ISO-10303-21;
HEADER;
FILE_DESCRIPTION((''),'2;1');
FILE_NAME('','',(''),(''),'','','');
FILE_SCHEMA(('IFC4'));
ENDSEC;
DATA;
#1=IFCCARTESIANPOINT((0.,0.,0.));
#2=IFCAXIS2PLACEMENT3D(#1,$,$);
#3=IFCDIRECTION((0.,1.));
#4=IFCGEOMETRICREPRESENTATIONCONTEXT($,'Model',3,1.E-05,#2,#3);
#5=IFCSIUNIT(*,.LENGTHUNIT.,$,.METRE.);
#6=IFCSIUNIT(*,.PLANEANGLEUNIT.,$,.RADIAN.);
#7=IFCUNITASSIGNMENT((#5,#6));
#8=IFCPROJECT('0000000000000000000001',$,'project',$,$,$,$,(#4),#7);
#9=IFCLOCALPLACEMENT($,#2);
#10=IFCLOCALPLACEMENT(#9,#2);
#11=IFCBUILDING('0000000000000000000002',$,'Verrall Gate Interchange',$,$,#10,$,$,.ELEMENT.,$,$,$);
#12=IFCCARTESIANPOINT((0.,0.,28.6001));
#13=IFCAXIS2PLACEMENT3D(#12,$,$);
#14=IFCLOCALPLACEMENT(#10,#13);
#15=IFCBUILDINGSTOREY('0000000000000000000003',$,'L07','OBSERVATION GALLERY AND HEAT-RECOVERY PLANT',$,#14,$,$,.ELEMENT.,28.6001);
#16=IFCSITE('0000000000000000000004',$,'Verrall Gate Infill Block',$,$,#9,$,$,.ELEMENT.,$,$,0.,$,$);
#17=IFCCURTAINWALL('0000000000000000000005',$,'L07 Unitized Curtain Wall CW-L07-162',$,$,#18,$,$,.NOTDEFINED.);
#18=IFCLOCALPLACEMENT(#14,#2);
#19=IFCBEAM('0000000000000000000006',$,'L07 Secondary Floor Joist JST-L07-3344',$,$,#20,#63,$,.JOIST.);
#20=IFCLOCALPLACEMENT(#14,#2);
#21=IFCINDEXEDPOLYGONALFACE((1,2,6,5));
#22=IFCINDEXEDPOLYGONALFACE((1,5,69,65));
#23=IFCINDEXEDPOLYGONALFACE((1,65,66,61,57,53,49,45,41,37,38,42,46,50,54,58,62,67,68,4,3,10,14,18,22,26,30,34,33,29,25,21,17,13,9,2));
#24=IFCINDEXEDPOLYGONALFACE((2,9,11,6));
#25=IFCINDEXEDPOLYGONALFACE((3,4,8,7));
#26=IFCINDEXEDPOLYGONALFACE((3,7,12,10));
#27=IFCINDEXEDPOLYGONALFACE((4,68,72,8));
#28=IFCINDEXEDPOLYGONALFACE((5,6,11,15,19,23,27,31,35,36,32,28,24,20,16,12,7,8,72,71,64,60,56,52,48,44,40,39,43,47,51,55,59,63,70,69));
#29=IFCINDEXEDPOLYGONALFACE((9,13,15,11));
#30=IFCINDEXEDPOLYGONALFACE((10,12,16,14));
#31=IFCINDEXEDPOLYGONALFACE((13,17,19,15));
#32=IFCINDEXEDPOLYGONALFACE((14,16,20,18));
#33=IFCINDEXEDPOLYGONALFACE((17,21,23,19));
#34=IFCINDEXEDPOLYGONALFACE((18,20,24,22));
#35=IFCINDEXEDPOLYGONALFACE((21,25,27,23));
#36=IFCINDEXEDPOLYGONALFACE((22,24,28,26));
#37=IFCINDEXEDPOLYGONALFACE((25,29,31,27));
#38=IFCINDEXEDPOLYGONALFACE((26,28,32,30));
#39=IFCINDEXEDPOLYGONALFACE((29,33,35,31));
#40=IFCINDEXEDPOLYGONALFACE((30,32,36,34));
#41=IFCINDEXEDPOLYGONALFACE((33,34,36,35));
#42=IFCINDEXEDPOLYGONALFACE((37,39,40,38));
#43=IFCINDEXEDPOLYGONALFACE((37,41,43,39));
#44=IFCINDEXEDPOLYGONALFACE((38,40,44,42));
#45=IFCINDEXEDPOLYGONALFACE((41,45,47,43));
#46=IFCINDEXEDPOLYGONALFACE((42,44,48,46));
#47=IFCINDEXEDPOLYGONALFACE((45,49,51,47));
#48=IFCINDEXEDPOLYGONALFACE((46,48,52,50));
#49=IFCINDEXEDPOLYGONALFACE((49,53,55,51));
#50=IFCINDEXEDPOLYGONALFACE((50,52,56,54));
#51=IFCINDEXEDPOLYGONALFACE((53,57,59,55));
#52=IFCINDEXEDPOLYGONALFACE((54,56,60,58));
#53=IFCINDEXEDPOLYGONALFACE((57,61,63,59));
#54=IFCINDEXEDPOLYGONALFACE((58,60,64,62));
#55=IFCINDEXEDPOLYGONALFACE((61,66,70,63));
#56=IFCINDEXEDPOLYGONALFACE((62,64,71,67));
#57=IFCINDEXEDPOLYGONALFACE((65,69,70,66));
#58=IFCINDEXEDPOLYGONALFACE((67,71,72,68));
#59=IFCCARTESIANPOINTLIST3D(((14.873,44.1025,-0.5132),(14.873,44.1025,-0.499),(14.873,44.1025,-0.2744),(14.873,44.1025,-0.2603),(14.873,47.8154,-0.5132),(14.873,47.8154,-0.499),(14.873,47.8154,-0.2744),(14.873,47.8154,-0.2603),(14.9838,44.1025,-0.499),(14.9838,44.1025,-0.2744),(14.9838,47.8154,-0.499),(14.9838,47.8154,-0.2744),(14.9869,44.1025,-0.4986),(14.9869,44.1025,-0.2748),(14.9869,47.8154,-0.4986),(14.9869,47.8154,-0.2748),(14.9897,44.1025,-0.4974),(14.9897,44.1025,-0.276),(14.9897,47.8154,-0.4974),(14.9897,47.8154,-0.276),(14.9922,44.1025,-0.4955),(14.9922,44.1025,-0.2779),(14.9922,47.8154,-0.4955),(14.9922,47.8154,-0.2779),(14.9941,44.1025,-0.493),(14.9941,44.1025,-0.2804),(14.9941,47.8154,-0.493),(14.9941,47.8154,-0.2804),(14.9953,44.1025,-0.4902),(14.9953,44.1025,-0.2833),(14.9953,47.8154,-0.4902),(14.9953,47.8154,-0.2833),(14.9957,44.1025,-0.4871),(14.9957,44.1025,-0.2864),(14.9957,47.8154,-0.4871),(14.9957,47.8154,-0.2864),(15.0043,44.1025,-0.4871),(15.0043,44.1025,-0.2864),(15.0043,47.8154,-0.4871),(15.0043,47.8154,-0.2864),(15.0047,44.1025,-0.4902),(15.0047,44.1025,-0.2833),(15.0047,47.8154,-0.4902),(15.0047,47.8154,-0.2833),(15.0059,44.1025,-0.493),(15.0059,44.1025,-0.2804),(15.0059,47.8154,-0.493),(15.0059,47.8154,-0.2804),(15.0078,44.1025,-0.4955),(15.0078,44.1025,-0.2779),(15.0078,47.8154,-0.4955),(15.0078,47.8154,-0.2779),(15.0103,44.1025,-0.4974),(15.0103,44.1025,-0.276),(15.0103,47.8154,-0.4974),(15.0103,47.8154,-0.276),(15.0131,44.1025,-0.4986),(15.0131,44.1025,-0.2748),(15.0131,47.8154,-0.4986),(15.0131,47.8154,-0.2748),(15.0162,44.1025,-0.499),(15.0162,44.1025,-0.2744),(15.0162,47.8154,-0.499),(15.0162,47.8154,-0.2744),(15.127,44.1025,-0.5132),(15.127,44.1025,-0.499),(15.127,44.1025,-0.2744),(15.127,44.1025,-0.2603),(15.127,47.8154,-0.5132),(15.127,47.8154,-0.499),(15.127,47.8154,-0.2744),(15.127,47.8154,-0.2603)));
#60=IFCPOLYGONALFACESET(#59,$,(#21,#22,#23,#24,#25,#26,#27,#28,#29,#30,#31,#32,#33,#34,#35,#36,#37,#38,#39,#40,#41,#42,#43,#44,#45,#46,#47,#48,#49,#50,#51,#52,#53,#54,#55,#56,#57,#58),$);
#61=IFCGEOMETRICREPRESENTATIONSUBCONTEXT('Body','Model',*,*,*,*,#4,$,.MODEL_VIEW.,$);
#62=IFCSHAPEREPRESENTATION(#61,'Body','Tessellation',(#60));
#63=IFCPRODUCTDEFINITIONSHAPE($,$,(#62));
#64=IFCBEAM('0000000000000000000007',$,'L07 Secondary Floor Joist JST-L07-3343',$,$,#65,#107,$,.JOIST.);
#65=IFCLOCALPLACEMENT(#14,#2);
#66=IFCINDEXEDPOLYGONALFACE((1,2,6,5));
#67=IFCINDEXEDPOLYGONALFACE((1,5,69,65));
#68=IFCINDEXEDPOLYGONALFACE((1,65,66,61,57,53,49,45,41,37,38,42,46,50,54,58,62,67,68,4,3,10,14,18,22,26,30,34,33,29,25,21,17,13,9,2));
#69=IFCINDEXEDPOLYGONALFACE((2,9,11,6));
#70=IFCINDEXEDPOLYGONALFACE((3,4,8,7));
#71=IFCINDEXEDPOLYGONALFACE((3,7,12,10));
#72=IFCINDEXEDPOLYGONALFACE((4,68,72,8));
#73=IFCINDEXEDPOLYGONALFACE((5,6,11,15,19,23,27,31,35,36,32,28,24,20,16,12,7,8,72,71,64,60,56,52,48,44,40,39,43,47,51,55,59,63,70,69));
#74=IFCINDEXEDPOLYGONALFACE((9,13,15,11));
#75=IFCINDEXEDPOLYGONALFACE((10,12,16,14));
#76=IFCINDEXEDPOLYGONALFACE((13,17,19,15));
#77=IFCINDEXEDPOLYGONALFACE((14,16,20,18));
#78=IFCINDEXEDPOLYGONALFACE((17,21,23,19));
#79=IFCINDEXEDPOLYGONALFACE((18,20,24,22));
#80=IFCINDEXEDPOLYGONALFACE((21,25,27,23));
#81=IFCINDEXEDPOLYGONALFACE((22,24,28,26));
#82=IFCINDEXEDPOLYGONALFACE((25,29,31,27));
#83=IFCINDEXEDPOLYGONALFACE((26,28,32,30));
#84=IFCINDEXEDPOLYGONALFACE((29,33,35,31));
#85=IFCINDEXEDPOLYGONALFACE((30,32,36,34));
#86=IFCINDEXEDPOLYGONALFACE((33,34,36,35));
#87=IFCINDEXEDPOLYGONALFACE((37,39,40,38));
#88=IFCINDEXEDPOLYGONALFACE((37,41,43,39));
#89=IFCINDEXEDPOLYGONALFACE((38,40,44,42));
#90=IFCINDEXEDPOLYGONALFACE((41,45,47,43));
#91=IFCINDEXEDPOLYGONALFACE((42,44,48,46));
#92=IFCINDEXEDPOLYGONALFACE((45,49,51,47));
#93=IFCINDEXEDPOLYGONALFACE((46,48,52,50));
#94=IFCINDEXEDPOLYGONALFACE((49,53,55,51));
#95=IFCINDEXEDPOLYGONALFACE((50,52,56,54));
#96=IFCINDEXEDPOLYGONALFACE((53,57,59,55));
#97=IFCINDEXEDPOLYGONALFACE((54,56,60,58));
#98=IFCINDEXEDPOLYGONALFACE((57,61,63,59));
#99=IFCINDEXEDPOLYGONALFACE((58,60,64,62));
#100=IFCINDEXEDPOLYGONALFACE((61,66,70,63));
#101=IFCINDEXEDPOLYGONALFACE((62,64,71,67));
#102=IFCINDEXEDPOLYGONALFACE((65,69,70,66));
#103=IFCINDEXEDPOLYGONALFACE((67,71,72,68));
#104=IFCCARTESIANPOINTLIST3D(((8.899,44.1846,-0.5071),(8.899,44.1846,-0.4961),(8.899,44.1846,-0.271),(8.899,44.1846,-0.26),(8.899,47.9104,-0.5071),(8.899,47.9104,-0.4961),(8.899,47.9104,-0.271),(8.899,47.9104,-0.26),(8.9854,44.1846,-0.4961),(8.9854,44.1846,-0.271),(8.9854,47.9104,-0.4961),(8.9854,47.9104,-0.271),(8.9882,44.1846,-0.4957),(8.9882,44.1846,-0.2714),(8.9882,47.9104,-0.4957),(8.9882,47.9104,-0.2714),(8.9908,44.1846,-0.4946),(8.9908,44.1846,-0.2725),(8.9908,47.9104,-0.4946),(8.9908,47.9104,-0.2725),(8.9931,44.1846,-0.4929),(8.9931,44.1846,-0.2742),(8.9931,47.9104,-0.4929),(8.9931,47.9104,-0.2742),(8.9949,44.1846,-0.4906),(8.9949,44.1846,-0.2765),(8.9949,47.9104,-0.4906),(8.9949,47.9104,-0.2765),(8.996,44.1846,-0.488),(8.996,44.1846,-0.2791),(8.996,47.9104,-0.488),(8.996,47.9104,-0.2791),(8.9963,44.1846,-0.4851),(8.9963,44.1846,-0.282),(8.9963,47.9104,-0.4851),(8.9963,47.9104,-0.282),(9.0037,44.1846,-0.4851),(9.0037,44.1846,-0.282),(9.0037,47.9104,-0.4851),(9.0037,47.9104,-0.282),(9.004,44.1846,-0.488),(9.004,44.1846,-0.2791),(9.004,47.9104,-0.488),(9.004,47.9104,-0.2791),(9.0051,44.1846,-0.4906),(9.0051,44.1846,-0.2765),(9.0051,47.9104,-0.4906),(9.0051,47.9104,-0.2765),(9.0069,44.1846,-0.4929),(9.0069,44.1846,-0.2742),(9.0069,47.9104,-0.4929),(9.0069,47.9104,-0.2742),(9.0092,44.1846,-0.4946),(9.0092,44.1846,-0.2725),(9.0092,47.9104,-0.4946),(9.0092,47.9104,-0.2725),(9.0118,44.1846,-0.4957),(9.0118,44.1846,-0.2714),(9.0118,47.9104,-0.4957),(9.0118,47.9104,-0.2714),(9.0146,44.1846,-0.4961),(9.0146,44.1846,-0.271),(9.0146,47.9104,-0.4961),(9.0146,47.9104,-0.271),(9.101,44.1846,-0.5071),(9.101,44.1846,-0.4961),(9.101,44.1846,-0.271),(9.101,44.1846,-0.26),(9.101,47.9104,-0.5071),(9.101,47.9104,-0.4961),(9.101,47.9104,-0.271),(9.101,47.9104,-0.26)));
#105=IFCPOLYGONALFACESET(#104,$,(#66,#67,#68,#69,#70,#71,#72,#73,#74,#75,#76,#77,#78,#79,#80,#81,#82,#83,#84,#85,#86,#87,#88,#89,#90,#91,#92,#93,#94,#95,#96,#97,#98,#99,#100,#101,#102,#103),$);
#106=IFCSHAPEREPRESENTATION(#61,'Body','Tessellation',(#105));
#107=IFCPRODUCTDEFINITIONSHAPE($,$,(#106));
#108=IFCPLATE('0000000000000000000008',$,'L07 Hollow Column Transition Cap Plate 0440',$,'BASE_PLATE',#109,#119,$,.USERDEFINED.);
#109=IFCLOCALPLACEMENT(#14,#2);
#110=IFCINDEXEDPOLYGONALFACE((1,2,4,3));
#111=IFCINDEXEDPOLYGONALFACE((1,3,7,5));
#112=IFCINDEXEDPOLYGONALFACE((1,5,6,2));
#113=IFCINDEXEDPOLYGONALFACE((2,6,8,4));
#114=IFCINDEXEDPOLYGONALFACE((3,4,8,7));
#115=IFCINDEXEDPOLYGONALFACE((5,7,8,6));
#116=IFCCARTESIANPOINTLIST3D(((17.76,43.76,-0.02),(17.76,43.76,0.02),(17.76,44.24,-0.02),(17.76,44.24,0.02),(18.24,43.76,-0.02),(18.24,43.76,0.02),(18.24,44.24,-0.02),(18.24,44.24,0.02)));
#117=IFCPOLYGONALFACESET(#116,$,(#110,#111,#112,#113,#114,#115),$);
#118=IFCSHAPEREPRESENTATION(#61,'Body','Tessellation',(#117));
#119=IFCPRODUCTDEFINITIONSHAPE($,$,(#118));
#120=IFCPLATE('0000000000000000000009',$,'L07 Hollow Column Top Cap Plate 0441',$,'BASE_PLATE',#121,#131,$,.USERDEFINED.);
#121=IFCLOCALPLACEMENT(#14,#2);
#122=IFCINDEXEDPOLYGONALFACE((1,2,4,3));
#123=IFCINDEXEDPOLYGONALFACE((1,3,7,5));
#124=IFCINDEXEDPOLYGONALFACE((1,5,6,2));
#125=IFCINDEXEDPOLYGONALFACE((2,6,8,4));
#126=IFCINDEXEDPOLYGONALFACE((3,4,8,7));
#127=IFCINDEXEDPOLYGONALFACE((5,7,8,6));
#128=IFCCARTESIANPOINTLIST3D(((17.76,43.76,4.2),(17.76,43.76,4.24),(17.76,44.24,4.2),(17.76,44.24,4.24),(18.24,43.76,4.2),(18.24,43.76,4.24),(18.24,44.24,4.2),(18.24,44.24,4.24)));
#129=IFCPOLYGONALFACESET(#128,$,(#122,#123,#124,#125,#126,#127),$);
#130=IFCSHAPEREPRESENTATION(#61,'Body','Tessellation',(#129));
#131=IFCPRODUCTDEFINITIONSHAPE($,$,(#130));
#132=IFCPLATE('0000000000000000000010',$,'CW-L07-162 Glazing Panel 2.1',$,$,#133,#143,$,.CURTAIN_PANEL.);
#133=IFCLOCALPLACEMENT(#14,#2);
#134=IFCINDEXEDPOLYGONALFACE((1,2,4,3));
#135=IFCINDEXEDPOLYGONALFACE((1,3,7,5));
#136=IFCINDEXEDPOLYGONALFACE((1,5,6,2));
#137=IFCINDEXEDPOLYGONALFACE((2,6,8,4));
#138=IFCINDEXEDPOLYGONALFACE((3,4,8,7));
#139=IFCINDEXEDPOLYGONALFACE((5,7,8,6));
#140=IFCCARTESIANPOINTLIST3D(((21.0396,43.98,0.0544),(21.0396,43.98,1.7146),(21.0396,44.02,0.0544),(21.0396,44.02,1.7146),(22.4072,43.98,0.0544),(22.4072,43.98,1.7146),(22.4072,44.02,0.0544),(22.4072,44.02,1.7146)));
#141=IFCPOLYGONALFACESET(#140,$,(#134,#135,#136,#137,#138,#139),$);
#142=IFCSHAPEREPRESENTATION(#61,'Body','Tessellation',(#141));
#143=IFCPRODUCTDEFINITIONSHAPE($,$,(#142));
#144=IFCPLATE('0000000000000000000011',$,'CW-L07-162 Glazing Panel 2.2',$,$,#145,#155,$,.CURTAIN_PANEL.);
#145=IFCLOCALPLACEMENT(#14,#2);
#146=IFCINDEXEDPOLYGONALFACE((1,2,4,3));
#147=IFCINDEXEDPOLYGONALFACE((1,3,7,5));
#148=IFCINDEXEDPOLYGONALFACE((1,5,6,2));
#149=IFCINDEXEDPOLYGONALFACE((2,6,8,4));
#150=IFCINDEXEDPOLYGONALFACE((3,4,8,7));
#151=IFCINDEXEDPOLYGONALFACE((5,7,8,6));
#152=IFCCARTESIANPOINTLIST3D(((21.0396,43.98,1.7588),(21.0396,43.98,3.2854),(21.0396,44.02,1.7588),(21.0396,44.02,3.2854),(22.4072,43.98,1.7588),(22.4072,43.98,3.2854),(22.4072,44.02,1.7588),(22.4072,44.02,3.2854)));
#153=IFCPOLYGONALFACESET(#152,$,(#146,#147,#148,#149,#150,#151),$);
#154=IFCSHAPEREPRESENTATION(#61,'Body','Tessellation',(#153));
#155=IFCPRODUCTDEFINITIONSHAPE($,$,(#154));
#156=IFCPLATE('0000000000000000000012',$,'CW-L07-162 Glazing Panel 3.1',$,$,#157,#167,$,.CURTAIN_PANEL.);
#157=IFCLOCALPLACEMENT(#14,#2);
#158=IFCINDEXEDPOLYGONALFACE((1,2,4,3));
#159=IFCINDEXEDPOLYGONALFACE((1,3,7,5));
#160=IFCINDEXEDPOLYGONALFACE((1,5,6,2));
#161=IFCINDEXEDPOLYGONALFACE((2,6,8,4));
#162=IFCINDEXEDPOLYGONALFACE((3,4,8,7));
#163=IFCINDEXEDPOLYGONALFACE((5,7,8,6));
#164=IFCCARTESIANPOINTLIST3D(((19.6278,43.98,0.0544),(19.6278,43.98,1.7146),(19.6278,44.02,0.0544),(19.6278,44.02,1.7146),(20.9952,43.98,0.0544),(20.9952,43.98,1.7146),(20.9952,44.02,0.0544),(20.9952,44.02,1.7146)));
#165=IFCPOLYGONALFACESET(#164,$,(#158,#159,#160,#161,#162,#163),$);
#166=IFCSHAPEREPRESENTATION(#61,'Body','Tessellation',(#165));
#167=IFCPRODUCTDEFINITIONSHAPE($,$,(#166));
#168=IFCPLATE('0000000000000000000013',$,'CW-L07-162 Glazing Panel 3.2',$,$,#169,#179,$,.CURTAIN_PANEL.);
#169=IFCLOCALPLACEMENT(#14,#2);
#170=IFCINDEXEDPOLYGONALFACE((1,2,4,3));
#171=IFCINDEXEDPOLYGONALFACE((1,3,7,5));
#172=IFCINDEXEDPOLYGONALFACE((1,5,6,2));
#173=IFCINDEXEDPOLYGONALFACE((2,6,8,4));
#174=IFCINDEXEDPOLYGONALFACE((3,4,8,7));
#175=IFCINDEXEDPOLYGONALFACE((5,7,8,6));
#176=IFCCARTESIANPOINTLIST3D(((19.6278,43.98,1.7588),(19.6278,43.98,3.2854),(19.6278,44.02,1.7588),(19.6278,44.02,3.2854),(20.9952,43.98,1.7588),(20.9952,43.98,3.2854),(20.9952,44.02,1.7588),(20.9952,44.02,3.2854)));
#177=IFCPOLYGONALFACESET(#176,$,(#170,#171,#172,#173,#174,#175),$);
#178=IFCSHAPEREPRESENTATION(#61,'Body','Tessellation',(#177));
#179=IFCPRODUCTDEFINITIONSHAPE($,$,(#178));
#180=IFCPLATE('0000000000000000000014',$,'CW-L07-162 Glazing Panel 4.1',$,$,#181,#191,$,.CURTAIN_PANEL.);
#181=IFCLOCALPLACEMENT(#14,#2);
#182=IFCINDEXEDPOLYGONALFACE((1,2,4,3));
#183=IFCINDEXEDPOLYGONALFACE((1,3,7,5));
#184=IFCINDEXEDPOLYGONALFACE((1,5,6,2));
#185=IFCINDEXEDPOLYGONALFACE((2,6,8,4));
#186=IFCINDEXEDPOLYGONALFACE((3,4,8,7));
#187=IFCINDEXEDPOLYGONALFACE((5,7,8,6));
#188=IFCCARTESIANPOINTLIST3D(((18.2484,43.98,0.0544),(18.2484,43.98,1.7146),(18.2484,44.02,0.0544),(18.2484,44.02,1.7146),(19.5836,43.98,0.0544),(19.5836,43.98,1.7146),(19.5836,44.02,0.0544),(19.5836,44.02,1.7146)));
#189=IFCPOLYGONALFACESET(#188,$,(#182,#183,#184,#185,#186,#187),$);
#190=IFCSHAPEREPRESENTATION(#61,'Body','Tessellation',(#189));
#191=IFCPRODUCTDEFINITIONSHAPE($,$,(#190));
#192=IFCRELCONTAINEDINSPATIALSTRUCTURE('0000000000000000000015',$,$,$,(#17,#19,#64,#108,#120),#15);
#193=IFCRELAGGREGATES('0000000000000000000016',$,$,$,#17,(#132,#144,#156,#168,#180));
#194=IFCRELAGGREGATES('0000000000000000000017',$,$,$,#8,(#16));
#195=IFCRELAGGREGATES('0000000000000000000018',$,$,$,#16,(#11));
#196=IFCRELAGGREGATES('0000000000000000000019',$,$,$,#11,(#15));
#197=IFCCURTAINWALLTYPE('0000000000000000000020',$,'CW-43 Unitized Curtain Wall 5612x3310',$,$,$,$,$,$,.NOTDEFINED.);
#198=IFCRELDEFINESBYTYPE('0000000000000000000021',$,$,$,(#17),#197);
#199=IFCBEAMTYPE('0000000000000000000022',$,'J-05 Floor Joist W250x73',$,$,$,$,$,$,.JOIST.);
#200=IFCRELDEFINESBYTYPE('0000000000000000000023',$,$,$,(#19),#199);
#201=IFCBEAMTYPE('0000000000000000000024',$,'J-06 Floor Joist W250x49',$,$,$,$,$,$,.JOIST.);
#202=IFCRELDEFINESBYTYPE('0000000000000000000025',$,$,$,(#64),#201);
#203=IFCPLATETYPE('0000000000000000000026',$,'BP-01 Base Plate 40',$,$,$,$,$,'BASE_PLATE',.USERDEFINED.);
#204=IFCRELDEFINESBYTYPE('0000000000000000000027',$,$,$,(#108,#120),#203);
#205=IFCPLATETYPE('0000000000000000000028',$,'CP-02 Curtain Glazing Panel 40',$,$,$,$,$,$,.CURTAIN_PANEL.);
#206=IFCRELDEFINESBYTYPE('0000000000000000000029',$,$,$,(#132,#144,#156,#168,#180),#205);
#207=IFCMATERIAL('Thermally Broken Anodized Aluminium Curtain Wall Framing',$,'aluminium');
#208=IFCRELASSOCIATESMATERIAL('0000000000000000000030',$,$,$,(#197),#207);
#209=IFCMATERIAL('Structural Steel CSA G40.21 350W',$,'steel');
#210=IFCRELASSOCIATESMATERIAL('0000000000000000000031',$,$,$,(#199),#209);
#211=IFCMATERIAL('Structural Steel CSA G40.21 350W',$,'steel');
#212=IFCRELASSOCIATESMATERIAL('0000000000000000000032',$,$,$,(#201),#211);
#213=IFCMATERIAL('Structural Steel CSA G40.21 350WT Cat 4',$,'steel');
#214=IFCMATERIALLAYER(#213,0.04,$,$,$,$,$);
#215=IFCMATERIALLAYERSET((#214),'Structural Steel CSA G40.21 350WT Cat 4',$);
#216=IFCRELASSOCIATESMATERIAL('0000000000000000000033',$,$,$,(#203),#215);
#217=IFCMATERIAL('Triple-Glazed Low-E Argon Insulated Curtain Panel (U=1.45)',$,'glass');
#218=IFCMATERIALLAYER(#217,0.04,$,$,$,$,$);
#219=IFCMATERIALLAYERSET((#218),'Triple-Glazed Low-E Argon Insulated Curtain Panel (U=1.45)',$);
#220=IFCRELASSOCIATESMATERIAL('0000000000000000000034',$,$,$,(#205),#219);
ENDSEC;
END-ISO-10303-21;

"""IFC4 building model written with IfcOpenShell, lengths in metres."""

from ifc_helpers import new_model, si_unit, direction, frame, origin, origin_2d, place, context, subcontext, project, spatial, rectangle, i_section, extrude, material, layer, layer_set, material_profile, profile_set, type_object, element, aggregate, save


model = new_model("IFC4")

# Units and contexts
model_context = context("Model", 3, precision=1e-05, world=origin(), true_north=direction((0.0, 1.0)))
body_context = subcontext(model_context, "Body", "Model", "MODEL_VIEW")
ifc_project = project(units=[si_unit("LENGTHUNIT", "METRE"), si_unit("PLANEANGLEUNIT", "RADIAN")], contexts=[model_context])

# Site, building, storey
site_placement = place(None, origin())
site = spatial("IfcSite", under=ifc_project, at=site_placement, Name="Verrall Gate Infill Block", CompositionType="ELEMENT", RefElevation=0.0)
building_placement = place(site_placement, origin())
building = spatial("IfcBuilding", under=site, at=building_placement, Name="Verrall Gate Interchange", CompositionType="ELEMENT")
storey_placement = place(building_placement, frame((0.0, 0.0, 28.6001)))
storey = spatial("IfcBuildingStorey", under=building, at=storey_placement, Name="L07", Description="OBSERVATION GALLERY AND HEAT-RECOVERY PLANT", CompositionType="ELEMENT", Elevation=28.6001)

# Curtain wall
ifc_material_1 = material(Name="Thermally Broken Anodized Aluminium Curtain Wall Framing", Category="aluminium")
curtain_wall_type = type_object("IfcCurtainWallType", Name="CW-43 Unitized Curtain Wall 5612x3310", PredefinedType="NOTDEFINED", material=ifc_material_1)
curtain_wall_placement = place(storey_placement, origin())
curtain_wall = element("IfcCurtainWall", 1, at=curtain_wall_placement, inside=storey, type_object=curtain_wall_type, Name="L07 Unitized Curtain Wall CW-L07-162", PredefinedType="NOTDEFINED")

# Beams
ifc_material_2 = material(Name="Structural Steel CSA G40.21 350W", Category="steel")
ifc_material_profile_1 = material_profile(ifc_material_2, i_section(OverallWidth=0.2539, OverallDepth=0.2529, WebThickness=0.0085, FlangeThickness=0.0142, FilletRadius=0.012, at=origin_2d()), Name="W250x73")
ifc_profile_set_1 = profile_set([ifc_material_profile_1], Name="Structural Steel CSA G40.21 350W")
beam_type_1 = type_object("IfcBeamType", Name="J-05 Floor Joist W250x73", PredefinedType="JOIST", material=ifc_profile_set_1)
beam_1_placement = place(storey_placement, frame((15.0, 44.1025, -0.3867), z_axis=(0.0, 1.0, 0.0), x_axis=(-1.0, 0.0, 0.0)))
element("IfcBeam", 2, at=beam_1_placement, inside=storey, type_object=beam_type_1, Name="L07 Secondary Floor Joist JST-L07-3344", PredefinedType="JOIST", context=body_context, shape_type="SweptSolid", body=[
    extrude(i_section(OverallWidth=0.2539, OverallDepth=0.2529, WebThickness=0.0085, FlangeThickness=0.0142, FilletRadius=0.012, at=origin_2d()), origin(), (0.0, 0.0, 1.0), 3.7129),
])
ifc_material_3 = material(Name="Structural Steel CSA G40.21 350W", Category="steel")
ifc_material_profile_2 = material_profile(ifc_material_3, i_section(OverallWidth=0.2019, OverallDepth=0.2471, WebThickness=0.0073, FlangeThickness=0.011, FilletRadius=0.011, at=origin_2d()), Name="W250x49")
ifc_profile_set_2 = profile_set([ifc_material_profile_2], Name="Structural Steel CSA G40.21 350W")
beam_type_2 = type_object("IfcBeamType", Name="J-06 Floor Joist W250x49", PredefinedType="JOIST", material=ifc_profile_set_2)
beam_2_placement = place(storey_placement, frame((9.0, 44.1846, -0.3835), z_axis=(0.0, 1.0, 0.0), x_axis=(-1.0, 0.0, 0.0)))
element("IfcBeam", 3, at=beam_2_placement, inside=storey, type_object=beam_type_2, Name="L07 Secondary Floor Joist JST-L07-3343", PredefinedType="JOIST", context=body_context, shape_type="SweptSolid", body=[
    extrude(i_section(OverallWidth=0.2019, OverallDepth=0.2471, WebThickness=0.0073, FlangeThickness=0.011, FilletRadius=0.011, at=origin_2d()), origin(), (0.0, 0.0, 1.0), 3.7258),
])

# Plates
ifc_material_4 = material(Name="Structural Steel CSA G40.21 350WT Cat 4", Category="steel")
ifc_layer_1 = layer(ifc_material_4, 0.04)
ifc_layer_set_1 = layer_set([ifc_layer_1], Name="Structural Steel CSA G40.21 350WT Cat 4")
plate_type_1 = type_object("IfcPlateType", Name="BP-01 Base Plate 40", ElementType="BASE_PLATE", PredefinedType="USERDEFINED", material=ifc_layer_set_1)
for number, where, z_axis, x_axis, name in (
    (4, (18.0, 44.0, -0.02), (0.0, 0.0, 1.0), (1.0, 0.0, 0.0), "L07 Hollow Column Transition Cap Plate 0440"),
    (5, (18.0, 44.0, 4.2), (0.0, 0.0, 1.0), (1.0, 0.0, 0.0), "L07 Hollow Column Top Cap Plate 0441"),
):
    element("IfcPlate", number, at=place(storey_placement, frame(where, z_axis=z_axis, x_axis=x_axis)), inside=storey, type_object=plate_type_1, Name=name, ObjectType="BASE_PLATE", PredefinedType="USERDEFINED", context=body_context, shape_type="SweptSolid", body=[
        extrude(rectangle(XDim=0.48, YDim=0.48, at=origin_2d()), origin(), (0.0, 0.0, 1.0), 0.04),
    ])

# Plates
ifc_material_5 = material(Name="Triple-Glazed Low-E Argon Insulated Curtain Panel (U=1.45)", Category="glass")
ifc_layer_2 = layer(ifc_material_5, 0.04)
ifc_layer_set_2 = layer_set([ifc_layer_2], Name="Triple-Glazed Low-E Argon Insulated Curtain Panel (U=1.45)")
plate_type_2 = type_object("IfcPlateType", Name="CP-02 Curtain Glazing Panel 40", PredefinedType="CURTAIN_PANEL", material=ifc_layer_set_2)
plate_1_placement = place(storey_placement, frame((21.7234, 44.0, 0.0544), z_axis=(0.0, 0.0, 1.0), x_axis=(-1.0, 0.0, 0.0)))
plate_1 = element("IfcPlate", 6, at=plate_1_placement, type_object=plate_type_2, Name="CW-L07-162 Glazing Panel 2.1", PredefinedType="CURTAIN_PANEL", context=body_context, shape_type="SweptSolid", body=[
    extrude(rectangle(XDim=1.3677, YDim=0.04, at=origin_2d()), origin(), (0.0, 0.0, 1.0), 1.6602),
])
plate_2_placement = place(storey_placement, frame((21.7234, 44.0, 1.7588), z_axis=(0.0, 0.0, 1.0), x_axis=(-1.0, 0.0, 0.0)))
plate_2 = element("IfcPlate", 7, at=plate_2_placement, type_object=plate_type_2, Name="CW-L07-162 Glazing Panel 2.2", PredefinedType="CURTAIN_PANEL", context=body_context, shape_type="SweptSolid", body=[
    extrude(rectangle(XDim=1.3677, YDim=0.04, at=origin_2d()), origin(), (0.0, 0.0, 1.0), 1.5266),
])
plate_3_placement = place(storey_placement, frame((20.3115, 44.0, 0.0544), z_axis=(0.0, 0.0, 1.0), x_axis=(-1.0, 0.0, 0.0)))
plate_3 = element("IfcPlate", 8, at=plate_3_placement, type_object=plate_type_2, Name="CW-L07-162 Glazing Panel 3.1", PredefinedType="CURTAIN_PANEL", context=body_context, shape_type="SweptSolid", body=[
    extrude(rectangle(XDim=1.3674, YDim=0.04, at=origin_2d()), origin(), (0.0, 0.0, 1.0), 1.6602),
])
plate_4_placement = place(storey_placement, frame((20.3115, 44.0, 1.7588), z_axis=(0.0, 0.0, 1.0), x_axis=(-1.0, 0.0, 0.0)))
plate_4 = element("IfcPlate", 9, at=plate_4_placement, type_object=plate_type_2, Name="CW-L07-162 Glazing Panel 3.2", PredefinedType="CURTAIN_PANEL", context=body_context, shape_type="SweptSolid", body=[
    extrude(rectangle(XDim=1.3674, YDim=0.04, at=origin_2d()), origin(), (0.0, 0.0, 1.0), 1.5266),
])
plate_5_placement = place(storey_placement, frame((18.916, 44.0, 0.0544), z_axis=(0.0, 0.0, 1.0), x_axis=(-1.0, 0.0, 0.0)))
plate_5 = element("IfcPlate", 10, at=plate_5_placement, type_object=plate_type_2, Name="CW-L07-162 Glazing Panel 4.1", PredefinedType="CURTAIN_PANEL", context=body_context, shape_type="SweptSolid", body=[
    extrude(rectangle(XDim=1.3352, YDim=0.04, at=origin_2d()), origin(), (0.0, 0.0, 1.0), 1.6602),
])
aggregate(curtain_wall, [plate_1, plate_2, plate_3, plate_4, plate_5])

save(model, "model.ifc")
